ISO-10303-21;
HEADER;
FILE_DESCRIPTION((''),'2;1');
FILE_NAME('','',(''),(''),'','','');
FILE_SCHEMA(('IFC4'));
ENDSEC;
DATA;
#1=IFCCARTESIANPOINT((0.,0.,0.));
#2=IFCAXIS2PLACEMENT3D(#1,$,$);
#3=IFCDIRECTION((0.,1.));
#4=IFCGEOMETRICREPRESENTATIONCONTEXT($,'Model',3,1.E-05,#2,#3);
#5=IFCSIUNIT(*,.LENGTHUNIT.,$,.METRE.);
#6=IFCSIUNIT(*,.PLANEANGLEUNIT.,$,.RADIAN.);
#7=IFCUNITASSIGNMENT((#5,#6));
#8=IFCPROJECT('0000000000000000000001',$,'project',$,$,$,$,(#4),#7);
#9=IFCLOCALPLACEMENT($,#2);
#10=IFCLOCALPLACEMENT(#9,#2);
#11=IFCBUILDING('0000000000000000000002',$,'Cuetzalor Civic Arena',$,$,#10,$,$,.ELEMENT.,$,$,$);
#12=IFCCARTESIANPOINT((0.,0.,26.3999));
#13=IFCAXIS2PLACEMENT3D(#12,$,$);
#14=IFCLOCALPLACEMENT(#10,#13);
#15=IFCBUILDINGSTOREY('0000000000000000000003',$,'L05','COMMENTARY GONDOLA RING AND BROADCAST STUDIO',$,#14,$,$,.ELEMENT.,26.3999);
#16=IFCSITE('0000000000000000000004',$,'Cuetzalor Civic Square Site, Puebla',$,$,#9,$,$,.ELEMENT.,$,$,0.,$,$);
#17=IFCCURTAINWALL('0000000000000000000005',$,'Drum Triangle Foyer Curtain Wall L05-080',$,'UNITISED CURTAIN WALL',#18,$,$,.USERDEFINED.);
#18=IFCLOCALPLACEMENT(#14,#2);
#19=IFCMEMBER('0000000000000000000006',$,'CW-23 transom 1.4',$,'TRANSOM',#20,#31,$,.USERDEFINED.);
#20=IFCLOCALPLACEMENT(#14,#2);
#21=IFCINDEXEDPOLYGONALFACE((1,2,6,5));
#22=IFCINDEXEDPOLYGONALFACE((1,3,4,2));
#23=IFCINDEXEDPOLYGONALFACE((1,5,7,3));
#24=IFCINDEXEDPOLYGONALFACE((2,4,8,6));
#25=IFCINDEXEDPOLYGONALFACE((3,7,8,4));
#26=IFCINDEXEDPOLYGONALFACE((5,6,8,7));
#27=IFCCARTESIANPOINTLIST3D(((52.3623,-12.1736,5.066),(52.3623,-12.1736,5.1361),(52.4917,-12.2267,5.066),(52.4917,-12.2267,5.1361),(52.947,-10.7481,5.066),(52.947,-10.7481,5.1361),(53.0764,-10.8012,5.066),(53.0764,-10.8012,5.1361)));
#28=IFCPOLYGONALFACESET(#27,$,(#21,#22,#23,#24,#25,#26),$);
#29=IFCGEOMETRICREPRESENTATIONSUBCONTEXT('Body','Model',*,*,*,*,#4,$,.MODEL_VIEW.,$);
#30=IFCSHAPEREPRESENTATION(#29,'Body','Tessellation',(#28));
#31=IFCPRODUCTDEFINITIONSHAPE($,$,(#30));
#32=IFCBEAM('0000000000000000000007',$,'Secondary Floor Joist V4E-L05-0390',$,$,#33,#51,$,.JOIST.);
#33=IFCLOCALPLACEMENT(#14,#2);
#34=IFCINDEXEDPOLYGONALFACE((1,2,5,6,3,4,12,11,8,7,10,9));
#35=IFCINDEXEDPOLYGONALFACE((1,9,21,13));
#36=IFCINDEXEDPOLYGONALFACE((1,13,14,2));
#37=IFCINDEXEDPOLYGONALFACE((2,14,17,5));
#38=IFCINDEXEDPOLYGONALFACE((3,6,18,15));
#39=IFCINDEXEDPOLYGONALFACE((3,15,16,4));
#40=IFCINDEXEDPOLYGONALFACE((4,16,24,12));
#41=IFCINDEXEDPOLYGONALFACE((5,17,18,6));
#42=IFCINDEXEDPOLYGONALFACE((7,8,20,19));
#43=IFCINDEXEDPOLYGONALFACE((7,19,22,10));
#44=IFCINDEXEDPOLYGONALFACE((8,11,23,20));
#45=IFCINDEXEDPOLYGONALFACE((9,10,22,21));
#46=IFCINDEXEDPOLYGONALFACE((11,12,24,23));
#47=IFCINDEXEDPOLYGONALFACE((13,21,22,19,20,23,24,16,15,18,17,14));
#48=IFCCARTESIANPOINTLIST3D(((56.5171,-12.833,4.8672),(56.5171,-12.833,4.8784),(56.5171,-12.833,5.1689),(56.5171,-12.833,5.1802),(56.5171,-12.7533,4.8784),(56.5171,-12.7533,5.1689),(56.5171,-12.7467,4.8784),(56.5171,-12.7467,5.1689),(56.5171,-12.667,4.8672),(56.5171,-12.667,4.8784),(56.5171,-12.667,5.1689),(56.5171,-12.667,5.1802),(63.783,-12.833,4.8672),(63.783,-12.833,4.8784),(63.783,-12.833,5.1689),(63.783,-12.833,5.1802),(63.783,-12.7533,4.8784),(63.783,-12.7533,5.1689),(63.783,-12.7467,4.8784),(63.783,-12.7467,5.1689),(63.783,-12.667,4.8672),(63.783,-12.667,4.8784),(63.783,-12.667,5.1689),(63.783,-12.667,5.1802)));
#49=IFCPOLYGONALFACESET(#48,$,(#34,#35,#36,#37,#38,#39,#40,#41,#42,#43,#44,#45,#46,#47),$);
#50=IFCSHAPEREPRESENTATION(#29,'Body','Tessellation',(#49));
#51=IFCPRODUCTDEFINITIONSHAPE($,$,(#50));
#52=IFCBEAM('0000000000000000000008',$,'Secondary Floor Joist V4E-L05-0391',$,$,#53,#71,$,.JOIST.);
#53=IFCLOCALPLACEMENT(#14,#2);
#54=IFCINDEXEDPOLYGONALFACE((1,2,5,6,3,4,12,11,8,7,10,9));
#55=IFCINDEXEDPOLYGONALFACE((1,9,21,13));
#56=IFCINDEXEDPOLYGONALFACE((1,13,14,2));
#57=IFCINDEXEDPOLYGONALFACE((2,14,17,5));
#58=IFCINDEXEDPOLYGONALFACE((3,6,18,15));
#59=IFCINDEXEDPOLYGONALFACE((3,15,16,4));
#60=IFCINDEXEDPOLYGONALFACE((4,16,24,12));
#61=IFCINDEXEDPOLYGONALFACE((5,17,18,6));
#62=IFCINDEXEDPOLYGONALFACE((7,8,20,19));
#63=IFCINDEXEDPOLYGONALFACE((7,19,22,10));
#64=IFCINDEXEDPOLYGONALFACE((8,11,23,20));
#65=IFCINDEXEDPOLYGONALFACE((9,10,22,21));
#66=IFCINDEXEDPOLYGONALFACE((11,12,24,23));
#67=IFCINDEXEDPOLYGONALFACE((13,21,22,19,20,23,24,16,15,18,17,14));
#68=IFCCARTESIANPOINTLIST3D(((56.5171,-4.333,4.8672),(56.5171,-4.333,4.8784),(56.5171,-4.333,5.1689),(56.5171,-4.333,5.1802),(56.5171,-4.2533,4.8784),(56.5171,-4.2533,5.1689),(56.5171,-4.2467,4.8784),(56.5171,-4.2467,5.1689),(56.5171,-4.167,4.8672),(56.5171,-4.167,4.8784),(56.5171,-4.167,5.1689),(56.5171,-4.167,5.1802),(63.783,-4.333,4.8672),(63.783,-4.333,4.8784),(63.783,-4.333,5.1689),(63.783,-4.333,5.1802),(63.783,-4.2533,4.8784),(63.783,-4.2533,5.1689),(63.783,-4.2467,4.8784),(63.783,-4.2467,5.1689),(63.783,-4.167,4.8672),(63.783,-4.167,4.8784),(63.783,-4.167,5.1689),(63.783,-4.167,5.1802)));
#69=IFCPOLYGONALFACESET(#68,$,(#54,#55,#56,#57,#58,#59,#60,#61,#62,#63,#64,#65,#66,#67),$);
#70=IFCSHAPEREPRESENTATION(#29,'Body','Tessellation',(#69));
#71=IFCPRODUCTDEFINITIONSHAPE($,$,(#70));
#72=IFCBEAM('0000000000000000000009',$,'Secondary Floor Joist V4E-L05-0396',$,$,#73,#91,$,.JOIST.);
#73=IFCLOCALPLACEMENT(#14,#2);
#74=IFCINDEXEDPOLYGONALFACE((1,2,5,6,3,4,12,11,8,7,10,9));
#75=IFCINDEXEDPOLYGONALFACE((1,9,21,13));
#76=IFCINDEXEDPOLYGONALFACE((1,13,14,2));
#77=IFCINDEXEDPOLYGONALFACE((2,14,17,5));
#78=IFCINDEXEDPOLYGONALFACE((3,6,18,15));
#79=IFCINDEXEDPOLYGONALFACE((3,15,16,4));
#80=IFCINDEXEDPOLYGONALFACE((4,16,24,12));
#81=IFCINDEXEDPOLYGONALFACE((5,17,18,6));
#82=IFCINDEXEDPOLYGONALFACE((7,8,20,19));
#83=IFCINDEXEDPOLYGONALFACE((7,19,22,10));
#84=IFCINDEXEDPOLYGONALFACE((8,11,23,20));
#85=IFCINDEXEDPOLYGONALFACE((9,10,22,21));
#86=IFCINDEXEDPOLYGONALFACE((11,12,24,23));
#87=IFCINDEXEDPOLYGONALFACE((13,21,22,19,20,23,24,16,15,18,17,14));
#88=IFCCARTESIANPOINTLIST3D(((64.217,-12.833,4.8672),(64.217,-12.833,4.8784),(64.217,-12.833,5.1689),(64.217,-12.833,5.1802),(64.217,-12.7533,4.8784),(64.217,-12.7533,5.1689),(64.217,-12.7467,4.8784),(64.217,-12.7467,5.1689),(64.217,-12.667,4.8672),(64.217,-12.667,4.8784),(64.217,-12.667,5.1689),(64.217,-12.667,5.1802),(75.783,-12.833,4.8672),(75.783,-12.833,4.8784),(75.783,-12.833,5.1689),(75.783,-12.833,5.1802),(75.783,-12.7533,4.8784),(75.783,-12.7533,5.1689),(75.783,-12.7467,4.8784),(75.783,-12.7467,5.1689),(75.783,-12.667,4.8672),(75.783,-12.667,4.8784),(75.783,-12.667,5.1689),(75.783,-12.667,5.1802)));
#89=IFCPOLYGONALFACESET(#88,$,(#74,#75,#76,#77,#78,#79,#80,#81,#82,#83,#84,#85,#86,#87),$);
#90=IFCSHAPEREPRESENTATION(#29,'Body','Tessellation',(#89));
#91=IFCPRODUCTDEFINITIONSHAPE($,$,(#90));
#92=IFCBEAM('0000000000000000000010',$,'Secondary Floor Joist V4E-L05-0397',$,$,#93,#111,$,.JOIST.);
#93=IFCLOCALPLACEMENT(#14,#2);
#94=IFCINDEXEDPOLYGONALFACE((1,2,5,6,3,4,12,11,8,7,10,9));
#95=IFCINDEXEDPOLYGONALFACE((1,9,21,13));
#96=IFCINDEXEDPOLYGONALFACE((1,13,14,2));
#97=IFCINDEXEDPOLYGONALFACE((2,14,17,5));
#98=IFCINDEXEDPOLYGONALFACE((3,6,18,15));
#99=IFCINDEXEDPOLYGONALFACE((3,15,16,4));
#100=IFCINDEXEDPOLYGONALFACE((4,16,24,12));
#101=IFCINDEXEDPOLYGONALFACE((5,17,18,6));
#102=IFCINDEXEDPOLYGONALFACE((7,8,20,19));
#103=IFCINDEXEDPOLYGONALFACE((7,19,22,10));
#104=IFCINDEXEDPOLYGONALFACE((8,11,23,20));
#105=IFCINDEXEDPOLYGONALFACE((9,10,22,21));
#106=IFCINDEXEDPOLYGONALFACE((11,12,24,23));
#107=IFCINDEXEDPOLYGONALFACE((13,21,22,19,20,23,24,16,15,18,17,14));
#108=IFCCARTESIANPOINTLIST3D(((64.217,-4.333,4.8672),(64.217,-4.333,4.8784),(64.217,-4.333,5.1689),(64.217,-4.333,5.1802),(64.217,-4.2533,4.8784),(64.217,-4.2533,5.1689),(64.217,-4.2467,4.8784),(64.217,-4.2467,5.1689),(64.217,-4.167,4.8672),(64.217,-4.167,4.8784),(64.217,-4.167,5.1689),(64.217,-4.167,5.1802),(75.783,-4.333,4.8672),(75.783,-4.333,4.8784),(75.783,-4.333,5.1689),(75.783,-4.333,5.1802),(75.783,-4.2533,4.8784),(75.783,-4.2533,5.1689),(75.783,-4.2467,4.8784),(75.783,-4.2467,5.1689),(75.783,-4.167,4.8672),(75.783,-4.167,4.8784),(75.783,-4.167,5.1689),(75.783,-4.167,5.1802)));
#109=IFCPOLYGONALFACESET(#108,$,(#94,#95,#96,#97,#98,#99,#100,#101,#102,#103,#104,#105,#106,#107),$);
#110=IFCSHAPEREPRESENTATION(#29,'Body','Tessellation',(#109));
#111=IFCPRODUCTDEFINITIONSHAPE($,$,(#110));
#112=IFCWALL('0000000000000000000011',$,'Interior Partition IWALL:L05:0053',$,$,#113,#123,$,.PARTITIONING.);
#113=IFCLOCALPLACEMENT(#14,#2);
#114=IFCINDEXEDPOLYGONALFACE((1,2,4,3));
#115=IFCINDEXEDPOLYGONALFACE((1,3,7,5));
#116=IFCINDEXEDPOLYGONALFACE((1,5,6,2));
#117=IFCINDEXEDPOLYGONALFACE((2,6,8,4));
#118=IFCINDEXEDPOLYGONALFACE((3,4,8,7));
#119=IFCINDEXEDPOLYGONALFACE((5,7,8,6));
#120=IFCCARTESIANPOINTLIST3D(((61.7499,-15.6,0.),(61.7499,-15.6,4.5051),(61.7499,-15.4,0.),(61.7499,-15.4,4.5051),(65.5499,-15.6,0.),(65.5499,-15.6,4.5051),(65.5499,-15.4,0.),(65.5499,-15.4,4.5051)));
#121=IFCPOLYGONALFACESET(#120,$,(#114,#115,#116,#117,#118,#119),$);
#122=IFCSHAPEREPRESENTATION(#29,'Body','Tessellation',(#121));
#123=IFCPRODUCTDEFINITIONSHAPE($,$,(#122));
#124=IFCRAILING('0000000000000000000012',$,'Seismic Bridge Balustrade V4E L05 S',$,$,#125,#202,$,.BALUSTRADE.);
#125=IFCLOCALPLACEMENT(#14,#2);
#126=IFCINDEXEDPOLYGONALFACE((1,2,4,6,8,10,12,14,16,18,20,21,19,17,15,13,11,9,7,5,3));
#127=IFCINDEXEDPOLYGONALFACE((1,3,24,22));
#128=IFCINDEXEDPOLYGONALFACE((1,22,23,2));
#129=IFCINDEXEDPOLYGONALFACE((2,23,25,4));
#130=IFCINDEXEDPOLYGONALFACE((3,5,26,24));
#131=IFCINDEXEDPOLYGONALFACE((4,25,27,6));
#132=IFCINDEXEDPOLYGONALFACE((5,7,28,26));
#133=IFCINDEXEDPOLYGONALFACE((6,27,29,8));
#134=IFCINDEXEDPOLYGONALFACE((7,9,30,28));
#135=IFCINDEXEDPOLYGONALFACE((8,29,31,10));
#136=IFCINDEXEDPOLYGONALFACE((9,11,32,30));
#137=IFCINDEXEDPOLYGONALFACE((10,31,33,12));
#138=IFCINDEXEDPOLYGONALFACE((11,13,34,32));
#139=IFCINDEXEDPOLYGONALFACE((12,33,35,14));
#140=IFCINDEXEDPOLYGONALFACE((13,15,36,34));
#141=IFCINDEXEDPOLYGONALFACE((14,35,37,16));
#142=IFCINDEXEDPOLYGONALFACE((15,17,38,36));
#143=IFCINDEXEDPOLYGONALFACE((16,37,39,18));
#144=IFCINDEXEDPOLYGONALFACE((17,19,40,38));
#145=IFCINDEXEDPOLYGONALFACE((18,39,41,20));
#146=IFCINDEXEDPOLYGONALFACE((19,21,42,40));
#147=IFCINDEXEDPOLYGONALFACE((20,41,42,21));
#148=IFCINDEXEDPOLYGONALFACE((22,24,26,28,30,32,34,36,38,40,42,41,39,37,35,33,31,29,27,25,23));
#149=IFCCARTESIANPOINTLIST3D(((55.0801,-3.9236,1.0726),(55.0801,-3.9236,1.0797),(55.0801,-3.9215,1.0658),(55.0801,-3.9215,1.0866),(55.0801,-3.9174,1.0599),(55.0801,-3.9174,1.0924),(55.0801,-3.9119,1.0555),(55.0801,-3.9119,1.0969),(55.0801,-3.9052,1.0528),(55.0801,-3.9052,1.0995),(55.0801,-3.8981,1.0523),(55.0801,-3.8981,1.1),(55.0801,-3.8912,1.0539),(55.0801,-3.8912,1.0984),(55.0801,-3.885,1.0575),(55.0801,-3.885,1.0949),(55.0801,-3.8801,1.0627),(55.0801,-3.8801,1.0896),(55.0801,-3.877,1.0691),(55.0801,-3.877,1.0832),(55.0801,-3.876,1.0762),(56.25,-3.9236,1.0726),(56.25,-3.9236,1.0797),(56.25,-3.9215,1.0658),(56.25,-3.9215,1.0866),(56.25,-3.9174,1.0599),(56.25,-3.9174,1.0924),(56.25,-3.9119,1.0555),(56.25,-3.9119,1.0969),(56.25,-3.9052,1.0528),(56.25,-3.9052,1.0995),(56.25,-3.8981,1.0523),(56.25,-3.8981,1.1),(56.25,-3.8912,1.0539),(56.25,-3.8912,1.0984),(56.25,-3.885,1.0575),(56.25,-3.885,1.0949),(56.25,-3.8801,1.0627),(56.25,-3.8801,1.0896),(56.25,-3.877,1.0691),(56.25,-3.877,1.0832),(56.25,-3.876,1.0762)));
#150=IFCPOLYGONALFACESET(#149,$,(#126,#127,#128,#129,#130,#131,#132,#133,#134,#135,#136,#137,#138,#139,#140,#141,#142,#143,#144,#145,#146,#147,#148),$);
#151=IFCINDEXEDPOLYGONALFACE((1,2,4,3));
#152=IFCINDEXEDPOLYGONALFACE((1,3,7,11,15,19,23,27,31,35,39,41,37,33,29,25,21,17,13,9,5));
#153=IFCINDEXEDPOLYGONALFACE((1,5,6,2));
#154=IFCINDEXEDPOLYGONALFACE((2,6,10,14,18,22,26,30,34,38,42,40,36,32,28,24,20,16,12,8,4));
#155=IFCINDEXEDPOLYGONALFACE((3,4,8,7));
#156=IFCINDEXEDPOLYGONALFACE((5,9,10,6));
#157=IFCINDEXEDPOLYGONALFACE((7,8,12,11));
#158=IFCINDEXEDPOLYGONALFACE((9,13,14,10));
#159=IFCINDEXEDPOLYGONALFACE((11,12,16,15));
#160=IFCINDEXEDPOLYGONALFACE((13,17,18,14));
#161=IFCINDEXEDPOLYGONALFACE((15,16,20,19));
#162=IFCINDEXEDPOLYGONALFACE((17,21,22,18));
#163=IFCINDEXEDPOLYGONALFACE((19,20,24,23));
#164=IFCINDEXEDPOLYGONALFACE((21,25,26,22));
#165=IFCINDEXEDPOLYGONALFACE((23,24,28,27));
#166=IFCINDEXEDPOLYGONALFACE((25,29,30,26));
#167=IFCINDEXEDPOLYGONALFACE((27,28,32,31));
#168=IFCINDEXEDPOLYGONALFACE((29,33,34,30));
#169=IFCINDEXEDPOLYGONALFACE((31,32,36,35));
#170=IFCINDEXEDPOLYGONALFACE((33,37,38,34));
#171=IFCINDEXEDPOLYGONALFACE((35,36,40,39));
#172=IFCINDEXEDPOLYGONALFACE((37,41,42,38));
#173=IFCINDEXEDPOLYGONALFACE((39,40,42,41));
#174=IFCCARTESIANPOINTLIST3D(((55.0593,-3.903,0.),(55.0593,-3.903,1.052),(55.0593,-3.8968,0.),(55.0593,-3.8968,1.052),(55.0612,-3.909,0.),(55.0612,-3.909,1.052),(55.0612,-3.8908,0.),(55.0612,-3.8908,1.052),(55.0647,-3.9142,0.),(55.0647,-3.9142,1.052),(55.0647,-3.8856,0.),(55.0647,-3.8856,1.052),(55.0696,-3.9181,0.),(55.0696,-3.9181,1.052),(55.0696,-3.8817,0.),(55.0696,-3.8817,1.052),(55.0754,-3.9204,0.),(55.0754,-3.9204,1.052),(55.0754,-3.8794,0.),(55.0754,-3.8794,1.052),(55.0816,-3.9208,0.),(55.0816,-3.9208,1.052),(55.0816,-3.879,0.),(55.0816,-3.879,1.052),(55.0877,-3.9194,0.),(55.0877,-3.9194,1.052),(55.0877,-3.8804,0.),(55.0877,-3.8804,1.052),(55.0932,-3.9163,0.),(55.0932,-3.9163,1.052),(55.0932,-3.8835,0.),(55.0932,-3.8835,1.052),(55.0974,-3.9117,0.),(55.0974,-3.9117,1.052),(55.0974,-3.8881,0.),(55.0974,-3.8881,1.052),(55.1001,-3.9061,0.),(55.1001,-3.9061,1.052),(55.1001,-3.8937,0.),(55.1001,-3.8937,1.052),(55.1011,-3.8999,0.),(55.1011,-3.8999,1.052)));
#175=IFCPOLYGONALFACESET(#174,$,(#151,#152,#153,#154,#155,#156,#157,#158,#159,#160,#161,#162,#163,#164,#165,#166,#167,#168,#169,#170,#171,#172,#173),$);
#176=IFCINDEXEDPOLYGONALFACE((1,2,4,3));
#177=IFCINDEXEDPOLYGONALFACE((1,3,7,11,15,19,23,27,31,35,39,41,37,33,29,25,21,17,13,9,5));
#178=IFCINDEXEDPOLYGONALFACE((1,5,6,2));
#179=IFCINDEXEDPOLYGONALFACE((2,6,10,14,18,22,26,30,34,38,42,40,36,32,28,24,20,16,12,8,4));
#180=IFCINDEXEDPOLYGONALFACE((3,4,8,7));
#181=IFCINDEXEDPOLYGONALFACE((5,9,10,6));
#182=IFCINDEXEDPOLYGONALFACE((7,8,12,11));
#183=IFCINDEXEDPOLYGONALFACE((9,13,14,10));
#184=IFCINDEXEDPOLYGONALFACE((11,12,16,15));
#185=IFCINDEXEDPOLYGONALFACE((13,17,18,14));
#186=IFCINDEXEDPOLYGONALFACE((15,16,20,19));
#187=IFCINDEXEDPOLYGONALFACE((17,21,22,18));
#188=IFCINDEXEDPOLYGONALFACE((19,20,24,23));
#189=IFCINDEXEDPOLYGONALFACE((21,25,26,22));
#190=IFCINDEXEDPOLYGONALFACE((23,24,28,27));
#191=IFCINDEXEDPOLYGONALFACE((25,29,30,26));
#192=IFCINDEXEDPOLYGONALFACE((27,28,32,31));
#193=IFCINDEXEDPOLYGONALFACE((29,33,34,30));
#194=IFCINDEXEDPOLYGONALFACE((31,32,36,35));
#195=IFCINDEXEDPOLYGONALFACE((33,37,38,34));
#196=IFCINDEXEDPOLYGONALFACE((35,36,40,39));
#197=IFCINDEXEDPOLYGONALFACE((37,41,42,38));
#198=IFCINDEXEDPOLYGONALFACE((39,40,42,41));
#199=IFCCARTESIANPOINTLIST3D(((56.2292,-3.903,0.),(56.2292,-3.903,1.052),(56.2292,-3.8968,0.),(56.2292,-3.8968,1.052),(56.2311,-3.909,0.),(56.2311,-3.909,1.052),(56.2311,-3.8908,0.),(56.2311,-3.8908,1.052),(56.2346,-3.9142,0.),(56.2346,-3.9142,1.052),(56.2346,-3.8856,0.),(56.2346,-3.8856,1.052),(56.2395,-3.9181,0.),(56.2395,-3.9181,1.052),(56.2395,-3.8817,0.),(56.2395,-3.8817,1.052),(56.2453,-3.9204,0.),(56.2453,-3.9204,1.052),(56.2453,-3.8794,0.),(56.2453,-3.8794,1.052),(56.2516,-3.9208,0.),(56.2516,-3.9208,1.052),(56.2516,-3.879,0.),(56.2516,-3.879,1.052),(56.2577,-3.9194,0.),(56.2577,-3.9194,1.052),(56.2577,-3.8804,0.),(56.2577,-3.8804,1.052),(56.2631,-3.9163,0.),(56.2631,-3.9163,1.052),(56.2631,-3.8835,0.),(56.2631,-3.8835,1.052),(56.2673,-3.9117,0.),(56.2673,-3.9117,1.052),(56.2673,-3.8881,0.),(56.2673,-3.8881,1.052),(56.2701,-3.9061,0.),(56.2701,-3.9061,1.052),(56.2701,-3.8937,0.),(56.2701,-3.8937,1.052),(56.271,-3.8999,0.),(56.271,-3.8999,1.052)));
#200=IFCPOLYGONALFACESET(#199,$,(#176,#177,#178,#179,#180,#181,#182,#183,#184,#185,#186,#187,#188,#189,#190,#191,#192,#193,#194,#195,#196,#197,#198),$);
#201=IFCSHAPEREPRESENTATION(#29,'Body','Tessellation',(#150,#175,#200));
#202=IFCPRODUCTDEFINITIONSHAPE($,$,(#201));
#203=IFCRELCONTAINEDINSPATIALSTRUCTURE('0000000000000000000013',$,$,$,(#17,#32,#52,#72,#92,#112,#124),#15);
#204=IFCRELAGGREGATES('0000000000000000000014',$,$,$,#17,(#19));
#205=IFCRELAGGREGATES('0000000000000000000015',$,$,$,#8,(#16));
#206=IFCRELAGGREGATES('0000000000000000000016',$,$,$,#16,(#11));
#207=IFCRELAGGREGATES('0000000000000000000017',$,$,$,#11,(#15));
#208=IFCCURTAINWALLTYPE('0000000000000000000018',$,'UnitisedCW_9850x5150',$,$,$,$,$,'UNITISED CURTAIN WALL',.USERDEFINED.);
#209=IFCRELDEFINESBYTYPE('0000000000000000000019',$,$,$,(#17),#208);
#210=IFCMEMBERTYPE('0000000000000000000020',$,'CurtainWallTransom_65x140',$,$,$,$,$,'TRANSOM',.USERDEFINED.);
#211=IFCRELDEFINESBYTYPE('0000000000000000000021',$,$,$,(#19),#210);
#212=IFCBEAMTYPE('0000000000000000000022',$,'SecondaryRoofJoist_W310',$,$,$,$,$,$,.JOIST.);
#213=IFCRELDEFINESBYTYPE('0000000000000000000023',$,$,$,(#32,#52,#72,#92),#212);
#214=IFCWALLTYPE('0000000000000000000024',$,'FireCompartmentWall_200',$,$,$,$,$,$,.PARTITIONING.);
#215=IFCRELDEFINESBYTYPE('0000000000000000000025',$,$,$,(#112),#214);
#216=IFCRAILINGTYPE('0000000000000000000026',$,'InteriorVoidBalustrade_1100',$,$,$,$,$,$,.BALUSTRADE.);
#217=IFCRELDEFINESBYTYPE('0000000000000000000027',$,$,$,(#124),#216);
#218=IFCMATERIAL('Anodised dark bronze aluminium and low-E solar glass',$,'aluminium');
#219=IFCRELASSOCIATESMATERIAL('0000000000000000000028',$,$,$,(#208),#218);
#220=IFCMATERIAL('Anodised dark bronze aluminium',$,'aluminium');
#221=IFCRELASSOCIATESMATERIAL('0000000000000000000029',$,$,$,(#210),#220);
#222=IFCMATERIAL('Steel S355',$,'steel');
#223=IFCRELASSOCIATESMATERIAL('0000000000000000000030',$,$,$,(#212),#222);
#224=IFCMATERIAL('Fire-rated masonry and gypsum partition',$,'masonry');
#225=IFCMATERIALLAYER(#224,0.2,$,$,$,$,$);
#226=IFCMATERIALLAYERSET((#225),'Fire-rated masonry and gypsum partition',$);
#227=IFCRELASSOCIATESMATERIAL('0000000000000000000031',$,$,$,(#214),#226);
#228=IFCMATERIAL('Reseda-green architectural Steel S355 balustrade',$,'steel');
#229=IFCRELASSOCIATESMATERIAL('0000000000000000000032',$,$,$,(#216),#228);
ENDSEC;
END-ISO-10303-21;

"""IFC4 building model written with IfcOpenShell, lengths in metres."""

from ifc_helpers import new_model, si_unit, direction, frame, frame_2d, origin, origin_2d, place, context, subcontext, project, spatial, rectangle, circle, i_section, extrude, material, layer, layer_set, material_profile, profile_set, type_object, element, aggregate, save


model = new_model("IFC4")

# Units and contexts
model_context = context("Model", 3, precision=1e-05, world=origin(), true_north=direction((0.0, 1.0)))
body_context = subcontext(model_context, "Body", "Model", "MODEL_VIEW")
ifc_project = project(units=[si_unit("LENGTHUNIT", "METRE"), si_unit("PLANEANGLEUNIT", "RADIAN")], contexts=[model_context])

# Site, building, storey
site_placement = place(None, origin())
site = spatial("IfcSite", under=ifc_project, at=site_placement, Name="Cuetzalor Civic Square Site, Puebla", CompositionType="ELEMENT", RefElevation=0.0)
building_placement = place(site_placement, origin())
building = spatial("IfcBuilding", under=site, at=building_placement, Name="Cuetzalor Civic Arena", CompositionType="ELEMENT")
storey_placement = place(building_placement, frame((0.0, 0.0, 26.3999)))
storey = spatial("IfcBuildingStorey", under=building, at=storey_placement, Name="L05", Description="COMMENTARY GONDOLA RING AND BROADCAST STUDIO", CompositionType="ELEMENT", Elevation=26.3999)

# Curtain wall, member
ifc_material_1 = material(Name="Anodised dark bronze aluminium and low-E solar glass", Category="aluminium")
curtain_wall_type = type_object("IfcCurtainWallType", Name="UnitisedCW_9850x5150", ElementType="UNITISED CURTAIN WALL", PredefinedType="USERDEFINED", material=ifc_material_1)
curtain_wall_placement = place(storey_placement, origin())
curtain_wall = element("IfcCurtainWall", 1, at=curtain_wall_placement, inside=storey, type_object=curtain_wall_type, Name="Drum Triangle Foyer Curtain Wall L05-080", ObjectType="UNITISED CURTAIN WALL", PredefinedType="USERDEFINED")
ifc_material_2 = material(Name="Anodised dark bronze aluminium", Category="aluminium")
ifc_material_profile_1 = material_profile(ifc_material_2, rectangle(XDim=0.1399, YDim=0.0701, at=origin_2d()), Name="ALU TRANSOM 70x140")
ifc_profile_set_1 = profile_set([ifc_material_profile_1], Name="Anodised dark bronze aluminium")
member_type_1 = type_object("IfcMemberType", Name="CurtainWallTransom_65x140", ElementType="TRANSOM", PredefinedType="USERDEFINED", material=ifc_profile_set_1)
member_1_placement = place(storey_placement, frame((53.0117, -10.7747, 5.1011), z_axis=(-0.37949, -0.925196, 0.0), x_axis=(0.925196, -0.37949, 0.0)))
member_1 = element("IfcMember", 2, at=member_1_placement, type_object=member_type_1, Name="CW-23 transom 1.4", ObjectType="TRANSOM", PredefinedType="USERDEFINED", context=body_context, shape_type="SweptSolid", body=[
    extrude(rectangle(XDim=0.1399, YDim=0.0701, at=origin_2d()), origin(), (0.0, 0.0, 1.0), 1.5408),
])
aggregate(curtain_wall, [member_1])

# Beams
ifc_material_3 = material(Name="Steel S355", Category="steel")
ifc_material_profile_2 = material_profile(ifc_material_3, i_section(OverallWidth=0.166, OverallDepth=0.313, WebThickness=0.0066, FlangeThickness=0.0112, at=origin_2d()), Name="W310x45")
ifc_profile_set_2 = profile_set([ifc_material_profile_2], Name="Steel S355")
beam_type_1 = type_object("IfcBeamType", Name="SecondaryRoofJoist_W310", PredefinedType="JOIST", material=ifc_profile_set_2)
for number, where, z_axis, x_axis, name in (
    (3, (56.5171, -12.75, 5.0237), (1.0, 0.0, 0.0), (0.0, 1.0, 0.0), "Secondary Floor Joist V4E-L05-0390"),
    (4, (56.5171, -4.25, 5.0237), (1.0, 0.0, 0.0), (0.0, 1.0, 0.0), "Secondary Floor Joist V4E-L05-0391"),
):
    element("IfcBeam", number, at=place(storey_placement, frame(where, z_axis=z_axis, x_axis=x_axis)), inside=storey, type_object=beam_type_1, Name=name, PredefinedType="JOIST", context=body_context, shape_type="SweptSolid", body=[
        extrude(i_section(OverallWidth=0.166, OverallDepth=0.313, WebThickness=0.0066, FlangeThickness=0.0112, at=origin_2d()), origin(), (0.0, 0.0, 1.0), 7.2659),
    ])
for number, where, z_axis, x_axis, name in (
    (5, (64.217, -12.75, 5.0237), (1.0, 0.0, 0.0), (0.0, 1.0, 0.0), "Secondary Floor Joist V4E-L05-0396"),
    (6, (64.217, -4.25, 5.0237), (1.0, 0.0, 0.0), (0.0, 1.0, 0.0), "Secondary Floor Joist V4E-L05-0397"),
):
    element("IfcBeam", number, at=place(storey_placement, frame(where, z_axis=z_axis, x_axis=x_axis)), inside=storey, type_object=beam_type_1, Name=name, PredefinedType="JOIST", context=body_context, shape_type="SweptSolid", body=[
        extrude(i_section(OverallWidth=0.166, OverallDepth=0.313, WebThickness=0.0066, FlangeThickness=0.0112, at=origin_2d()), origin(), (0.0, 0.0, 1.0), 11.5659),
    ])

# Wall
ifc_material_4 = material(Name="Fire-rated masonry and gypsum partition", Category="masonry")
ifc_layer_1 = layer(ifc_material_4, 0.2)
ifc_layer_set_1 = layer_set([ifc_layer_1], Name="Fire-rated masonry and gypsum partition")
wall_type = type_object("IfcWallType", Name="FireCompartmentWall_200", PredefinedType="PARTITIONING", material=ifc_layer_set_1)
wall_placement = place(storey_placement, frame((61.75, -15.5, 0.0), z_axis=(0.0, 0.0, 1.0), x_axis=(1.0, 0.0, 0.0)))
element("IfcWall", 7, at=wall_placement, inside=storey, type_object=wall_type, Name="Interior Partition IWALL:L05:0053", PredefinedType="PARTITIONING", context=body_context, shape_type="SweptSolid", body=[
    extrude(rectangle(XDim=3.8, YDim=0.2, at=frame_2d((1.8999, 0.0))), origin(), (0.0, 0.0, 1.0), 4.5051),
])

# Railing
ifc_material_5 = material(Name="Reseda-green architectural Steel S355 balustrade", Category="steel")
railing_type = type_object("IfcRailingType", Name="InteriorVoidBalustrade_1100", PredefinedType="BALUSTRADE", material=ifc_material_5)
railing_placement = place(storey_placement, frame((55.0801, -3.8999, 0.0)))
element("IfcRailing", 8, at=railing_placement, inside=storey, type_object=railing_type, Name="Seismic Bridge Balustrade V4E L05 S", PredefinedType="BALUSTRADE", context=body_context, shape_type="SweptSolid", body=[
    extrude(circle(Radius=0.0239, at=origin_2d()), frame((0.0, 0.0, 1.0762), z_axis=(1.0, 0.0, 0.0), x_axis=(0.0, 1.0, 0.0)), (0.0, 0.0, 1.0), 1.1699),
    extrude(circle(Radius=0.021, at=origin_2d()), origin(), (0.0, 0.0, 1.0), 1.052),
    extrude(circle(Radius=0.021, at=origin_2d()), frame((1.1699, 0.0, 0.0)), (0.0, 0.0, 1.0), 1.052),
])

save(model, "model.ifc")
